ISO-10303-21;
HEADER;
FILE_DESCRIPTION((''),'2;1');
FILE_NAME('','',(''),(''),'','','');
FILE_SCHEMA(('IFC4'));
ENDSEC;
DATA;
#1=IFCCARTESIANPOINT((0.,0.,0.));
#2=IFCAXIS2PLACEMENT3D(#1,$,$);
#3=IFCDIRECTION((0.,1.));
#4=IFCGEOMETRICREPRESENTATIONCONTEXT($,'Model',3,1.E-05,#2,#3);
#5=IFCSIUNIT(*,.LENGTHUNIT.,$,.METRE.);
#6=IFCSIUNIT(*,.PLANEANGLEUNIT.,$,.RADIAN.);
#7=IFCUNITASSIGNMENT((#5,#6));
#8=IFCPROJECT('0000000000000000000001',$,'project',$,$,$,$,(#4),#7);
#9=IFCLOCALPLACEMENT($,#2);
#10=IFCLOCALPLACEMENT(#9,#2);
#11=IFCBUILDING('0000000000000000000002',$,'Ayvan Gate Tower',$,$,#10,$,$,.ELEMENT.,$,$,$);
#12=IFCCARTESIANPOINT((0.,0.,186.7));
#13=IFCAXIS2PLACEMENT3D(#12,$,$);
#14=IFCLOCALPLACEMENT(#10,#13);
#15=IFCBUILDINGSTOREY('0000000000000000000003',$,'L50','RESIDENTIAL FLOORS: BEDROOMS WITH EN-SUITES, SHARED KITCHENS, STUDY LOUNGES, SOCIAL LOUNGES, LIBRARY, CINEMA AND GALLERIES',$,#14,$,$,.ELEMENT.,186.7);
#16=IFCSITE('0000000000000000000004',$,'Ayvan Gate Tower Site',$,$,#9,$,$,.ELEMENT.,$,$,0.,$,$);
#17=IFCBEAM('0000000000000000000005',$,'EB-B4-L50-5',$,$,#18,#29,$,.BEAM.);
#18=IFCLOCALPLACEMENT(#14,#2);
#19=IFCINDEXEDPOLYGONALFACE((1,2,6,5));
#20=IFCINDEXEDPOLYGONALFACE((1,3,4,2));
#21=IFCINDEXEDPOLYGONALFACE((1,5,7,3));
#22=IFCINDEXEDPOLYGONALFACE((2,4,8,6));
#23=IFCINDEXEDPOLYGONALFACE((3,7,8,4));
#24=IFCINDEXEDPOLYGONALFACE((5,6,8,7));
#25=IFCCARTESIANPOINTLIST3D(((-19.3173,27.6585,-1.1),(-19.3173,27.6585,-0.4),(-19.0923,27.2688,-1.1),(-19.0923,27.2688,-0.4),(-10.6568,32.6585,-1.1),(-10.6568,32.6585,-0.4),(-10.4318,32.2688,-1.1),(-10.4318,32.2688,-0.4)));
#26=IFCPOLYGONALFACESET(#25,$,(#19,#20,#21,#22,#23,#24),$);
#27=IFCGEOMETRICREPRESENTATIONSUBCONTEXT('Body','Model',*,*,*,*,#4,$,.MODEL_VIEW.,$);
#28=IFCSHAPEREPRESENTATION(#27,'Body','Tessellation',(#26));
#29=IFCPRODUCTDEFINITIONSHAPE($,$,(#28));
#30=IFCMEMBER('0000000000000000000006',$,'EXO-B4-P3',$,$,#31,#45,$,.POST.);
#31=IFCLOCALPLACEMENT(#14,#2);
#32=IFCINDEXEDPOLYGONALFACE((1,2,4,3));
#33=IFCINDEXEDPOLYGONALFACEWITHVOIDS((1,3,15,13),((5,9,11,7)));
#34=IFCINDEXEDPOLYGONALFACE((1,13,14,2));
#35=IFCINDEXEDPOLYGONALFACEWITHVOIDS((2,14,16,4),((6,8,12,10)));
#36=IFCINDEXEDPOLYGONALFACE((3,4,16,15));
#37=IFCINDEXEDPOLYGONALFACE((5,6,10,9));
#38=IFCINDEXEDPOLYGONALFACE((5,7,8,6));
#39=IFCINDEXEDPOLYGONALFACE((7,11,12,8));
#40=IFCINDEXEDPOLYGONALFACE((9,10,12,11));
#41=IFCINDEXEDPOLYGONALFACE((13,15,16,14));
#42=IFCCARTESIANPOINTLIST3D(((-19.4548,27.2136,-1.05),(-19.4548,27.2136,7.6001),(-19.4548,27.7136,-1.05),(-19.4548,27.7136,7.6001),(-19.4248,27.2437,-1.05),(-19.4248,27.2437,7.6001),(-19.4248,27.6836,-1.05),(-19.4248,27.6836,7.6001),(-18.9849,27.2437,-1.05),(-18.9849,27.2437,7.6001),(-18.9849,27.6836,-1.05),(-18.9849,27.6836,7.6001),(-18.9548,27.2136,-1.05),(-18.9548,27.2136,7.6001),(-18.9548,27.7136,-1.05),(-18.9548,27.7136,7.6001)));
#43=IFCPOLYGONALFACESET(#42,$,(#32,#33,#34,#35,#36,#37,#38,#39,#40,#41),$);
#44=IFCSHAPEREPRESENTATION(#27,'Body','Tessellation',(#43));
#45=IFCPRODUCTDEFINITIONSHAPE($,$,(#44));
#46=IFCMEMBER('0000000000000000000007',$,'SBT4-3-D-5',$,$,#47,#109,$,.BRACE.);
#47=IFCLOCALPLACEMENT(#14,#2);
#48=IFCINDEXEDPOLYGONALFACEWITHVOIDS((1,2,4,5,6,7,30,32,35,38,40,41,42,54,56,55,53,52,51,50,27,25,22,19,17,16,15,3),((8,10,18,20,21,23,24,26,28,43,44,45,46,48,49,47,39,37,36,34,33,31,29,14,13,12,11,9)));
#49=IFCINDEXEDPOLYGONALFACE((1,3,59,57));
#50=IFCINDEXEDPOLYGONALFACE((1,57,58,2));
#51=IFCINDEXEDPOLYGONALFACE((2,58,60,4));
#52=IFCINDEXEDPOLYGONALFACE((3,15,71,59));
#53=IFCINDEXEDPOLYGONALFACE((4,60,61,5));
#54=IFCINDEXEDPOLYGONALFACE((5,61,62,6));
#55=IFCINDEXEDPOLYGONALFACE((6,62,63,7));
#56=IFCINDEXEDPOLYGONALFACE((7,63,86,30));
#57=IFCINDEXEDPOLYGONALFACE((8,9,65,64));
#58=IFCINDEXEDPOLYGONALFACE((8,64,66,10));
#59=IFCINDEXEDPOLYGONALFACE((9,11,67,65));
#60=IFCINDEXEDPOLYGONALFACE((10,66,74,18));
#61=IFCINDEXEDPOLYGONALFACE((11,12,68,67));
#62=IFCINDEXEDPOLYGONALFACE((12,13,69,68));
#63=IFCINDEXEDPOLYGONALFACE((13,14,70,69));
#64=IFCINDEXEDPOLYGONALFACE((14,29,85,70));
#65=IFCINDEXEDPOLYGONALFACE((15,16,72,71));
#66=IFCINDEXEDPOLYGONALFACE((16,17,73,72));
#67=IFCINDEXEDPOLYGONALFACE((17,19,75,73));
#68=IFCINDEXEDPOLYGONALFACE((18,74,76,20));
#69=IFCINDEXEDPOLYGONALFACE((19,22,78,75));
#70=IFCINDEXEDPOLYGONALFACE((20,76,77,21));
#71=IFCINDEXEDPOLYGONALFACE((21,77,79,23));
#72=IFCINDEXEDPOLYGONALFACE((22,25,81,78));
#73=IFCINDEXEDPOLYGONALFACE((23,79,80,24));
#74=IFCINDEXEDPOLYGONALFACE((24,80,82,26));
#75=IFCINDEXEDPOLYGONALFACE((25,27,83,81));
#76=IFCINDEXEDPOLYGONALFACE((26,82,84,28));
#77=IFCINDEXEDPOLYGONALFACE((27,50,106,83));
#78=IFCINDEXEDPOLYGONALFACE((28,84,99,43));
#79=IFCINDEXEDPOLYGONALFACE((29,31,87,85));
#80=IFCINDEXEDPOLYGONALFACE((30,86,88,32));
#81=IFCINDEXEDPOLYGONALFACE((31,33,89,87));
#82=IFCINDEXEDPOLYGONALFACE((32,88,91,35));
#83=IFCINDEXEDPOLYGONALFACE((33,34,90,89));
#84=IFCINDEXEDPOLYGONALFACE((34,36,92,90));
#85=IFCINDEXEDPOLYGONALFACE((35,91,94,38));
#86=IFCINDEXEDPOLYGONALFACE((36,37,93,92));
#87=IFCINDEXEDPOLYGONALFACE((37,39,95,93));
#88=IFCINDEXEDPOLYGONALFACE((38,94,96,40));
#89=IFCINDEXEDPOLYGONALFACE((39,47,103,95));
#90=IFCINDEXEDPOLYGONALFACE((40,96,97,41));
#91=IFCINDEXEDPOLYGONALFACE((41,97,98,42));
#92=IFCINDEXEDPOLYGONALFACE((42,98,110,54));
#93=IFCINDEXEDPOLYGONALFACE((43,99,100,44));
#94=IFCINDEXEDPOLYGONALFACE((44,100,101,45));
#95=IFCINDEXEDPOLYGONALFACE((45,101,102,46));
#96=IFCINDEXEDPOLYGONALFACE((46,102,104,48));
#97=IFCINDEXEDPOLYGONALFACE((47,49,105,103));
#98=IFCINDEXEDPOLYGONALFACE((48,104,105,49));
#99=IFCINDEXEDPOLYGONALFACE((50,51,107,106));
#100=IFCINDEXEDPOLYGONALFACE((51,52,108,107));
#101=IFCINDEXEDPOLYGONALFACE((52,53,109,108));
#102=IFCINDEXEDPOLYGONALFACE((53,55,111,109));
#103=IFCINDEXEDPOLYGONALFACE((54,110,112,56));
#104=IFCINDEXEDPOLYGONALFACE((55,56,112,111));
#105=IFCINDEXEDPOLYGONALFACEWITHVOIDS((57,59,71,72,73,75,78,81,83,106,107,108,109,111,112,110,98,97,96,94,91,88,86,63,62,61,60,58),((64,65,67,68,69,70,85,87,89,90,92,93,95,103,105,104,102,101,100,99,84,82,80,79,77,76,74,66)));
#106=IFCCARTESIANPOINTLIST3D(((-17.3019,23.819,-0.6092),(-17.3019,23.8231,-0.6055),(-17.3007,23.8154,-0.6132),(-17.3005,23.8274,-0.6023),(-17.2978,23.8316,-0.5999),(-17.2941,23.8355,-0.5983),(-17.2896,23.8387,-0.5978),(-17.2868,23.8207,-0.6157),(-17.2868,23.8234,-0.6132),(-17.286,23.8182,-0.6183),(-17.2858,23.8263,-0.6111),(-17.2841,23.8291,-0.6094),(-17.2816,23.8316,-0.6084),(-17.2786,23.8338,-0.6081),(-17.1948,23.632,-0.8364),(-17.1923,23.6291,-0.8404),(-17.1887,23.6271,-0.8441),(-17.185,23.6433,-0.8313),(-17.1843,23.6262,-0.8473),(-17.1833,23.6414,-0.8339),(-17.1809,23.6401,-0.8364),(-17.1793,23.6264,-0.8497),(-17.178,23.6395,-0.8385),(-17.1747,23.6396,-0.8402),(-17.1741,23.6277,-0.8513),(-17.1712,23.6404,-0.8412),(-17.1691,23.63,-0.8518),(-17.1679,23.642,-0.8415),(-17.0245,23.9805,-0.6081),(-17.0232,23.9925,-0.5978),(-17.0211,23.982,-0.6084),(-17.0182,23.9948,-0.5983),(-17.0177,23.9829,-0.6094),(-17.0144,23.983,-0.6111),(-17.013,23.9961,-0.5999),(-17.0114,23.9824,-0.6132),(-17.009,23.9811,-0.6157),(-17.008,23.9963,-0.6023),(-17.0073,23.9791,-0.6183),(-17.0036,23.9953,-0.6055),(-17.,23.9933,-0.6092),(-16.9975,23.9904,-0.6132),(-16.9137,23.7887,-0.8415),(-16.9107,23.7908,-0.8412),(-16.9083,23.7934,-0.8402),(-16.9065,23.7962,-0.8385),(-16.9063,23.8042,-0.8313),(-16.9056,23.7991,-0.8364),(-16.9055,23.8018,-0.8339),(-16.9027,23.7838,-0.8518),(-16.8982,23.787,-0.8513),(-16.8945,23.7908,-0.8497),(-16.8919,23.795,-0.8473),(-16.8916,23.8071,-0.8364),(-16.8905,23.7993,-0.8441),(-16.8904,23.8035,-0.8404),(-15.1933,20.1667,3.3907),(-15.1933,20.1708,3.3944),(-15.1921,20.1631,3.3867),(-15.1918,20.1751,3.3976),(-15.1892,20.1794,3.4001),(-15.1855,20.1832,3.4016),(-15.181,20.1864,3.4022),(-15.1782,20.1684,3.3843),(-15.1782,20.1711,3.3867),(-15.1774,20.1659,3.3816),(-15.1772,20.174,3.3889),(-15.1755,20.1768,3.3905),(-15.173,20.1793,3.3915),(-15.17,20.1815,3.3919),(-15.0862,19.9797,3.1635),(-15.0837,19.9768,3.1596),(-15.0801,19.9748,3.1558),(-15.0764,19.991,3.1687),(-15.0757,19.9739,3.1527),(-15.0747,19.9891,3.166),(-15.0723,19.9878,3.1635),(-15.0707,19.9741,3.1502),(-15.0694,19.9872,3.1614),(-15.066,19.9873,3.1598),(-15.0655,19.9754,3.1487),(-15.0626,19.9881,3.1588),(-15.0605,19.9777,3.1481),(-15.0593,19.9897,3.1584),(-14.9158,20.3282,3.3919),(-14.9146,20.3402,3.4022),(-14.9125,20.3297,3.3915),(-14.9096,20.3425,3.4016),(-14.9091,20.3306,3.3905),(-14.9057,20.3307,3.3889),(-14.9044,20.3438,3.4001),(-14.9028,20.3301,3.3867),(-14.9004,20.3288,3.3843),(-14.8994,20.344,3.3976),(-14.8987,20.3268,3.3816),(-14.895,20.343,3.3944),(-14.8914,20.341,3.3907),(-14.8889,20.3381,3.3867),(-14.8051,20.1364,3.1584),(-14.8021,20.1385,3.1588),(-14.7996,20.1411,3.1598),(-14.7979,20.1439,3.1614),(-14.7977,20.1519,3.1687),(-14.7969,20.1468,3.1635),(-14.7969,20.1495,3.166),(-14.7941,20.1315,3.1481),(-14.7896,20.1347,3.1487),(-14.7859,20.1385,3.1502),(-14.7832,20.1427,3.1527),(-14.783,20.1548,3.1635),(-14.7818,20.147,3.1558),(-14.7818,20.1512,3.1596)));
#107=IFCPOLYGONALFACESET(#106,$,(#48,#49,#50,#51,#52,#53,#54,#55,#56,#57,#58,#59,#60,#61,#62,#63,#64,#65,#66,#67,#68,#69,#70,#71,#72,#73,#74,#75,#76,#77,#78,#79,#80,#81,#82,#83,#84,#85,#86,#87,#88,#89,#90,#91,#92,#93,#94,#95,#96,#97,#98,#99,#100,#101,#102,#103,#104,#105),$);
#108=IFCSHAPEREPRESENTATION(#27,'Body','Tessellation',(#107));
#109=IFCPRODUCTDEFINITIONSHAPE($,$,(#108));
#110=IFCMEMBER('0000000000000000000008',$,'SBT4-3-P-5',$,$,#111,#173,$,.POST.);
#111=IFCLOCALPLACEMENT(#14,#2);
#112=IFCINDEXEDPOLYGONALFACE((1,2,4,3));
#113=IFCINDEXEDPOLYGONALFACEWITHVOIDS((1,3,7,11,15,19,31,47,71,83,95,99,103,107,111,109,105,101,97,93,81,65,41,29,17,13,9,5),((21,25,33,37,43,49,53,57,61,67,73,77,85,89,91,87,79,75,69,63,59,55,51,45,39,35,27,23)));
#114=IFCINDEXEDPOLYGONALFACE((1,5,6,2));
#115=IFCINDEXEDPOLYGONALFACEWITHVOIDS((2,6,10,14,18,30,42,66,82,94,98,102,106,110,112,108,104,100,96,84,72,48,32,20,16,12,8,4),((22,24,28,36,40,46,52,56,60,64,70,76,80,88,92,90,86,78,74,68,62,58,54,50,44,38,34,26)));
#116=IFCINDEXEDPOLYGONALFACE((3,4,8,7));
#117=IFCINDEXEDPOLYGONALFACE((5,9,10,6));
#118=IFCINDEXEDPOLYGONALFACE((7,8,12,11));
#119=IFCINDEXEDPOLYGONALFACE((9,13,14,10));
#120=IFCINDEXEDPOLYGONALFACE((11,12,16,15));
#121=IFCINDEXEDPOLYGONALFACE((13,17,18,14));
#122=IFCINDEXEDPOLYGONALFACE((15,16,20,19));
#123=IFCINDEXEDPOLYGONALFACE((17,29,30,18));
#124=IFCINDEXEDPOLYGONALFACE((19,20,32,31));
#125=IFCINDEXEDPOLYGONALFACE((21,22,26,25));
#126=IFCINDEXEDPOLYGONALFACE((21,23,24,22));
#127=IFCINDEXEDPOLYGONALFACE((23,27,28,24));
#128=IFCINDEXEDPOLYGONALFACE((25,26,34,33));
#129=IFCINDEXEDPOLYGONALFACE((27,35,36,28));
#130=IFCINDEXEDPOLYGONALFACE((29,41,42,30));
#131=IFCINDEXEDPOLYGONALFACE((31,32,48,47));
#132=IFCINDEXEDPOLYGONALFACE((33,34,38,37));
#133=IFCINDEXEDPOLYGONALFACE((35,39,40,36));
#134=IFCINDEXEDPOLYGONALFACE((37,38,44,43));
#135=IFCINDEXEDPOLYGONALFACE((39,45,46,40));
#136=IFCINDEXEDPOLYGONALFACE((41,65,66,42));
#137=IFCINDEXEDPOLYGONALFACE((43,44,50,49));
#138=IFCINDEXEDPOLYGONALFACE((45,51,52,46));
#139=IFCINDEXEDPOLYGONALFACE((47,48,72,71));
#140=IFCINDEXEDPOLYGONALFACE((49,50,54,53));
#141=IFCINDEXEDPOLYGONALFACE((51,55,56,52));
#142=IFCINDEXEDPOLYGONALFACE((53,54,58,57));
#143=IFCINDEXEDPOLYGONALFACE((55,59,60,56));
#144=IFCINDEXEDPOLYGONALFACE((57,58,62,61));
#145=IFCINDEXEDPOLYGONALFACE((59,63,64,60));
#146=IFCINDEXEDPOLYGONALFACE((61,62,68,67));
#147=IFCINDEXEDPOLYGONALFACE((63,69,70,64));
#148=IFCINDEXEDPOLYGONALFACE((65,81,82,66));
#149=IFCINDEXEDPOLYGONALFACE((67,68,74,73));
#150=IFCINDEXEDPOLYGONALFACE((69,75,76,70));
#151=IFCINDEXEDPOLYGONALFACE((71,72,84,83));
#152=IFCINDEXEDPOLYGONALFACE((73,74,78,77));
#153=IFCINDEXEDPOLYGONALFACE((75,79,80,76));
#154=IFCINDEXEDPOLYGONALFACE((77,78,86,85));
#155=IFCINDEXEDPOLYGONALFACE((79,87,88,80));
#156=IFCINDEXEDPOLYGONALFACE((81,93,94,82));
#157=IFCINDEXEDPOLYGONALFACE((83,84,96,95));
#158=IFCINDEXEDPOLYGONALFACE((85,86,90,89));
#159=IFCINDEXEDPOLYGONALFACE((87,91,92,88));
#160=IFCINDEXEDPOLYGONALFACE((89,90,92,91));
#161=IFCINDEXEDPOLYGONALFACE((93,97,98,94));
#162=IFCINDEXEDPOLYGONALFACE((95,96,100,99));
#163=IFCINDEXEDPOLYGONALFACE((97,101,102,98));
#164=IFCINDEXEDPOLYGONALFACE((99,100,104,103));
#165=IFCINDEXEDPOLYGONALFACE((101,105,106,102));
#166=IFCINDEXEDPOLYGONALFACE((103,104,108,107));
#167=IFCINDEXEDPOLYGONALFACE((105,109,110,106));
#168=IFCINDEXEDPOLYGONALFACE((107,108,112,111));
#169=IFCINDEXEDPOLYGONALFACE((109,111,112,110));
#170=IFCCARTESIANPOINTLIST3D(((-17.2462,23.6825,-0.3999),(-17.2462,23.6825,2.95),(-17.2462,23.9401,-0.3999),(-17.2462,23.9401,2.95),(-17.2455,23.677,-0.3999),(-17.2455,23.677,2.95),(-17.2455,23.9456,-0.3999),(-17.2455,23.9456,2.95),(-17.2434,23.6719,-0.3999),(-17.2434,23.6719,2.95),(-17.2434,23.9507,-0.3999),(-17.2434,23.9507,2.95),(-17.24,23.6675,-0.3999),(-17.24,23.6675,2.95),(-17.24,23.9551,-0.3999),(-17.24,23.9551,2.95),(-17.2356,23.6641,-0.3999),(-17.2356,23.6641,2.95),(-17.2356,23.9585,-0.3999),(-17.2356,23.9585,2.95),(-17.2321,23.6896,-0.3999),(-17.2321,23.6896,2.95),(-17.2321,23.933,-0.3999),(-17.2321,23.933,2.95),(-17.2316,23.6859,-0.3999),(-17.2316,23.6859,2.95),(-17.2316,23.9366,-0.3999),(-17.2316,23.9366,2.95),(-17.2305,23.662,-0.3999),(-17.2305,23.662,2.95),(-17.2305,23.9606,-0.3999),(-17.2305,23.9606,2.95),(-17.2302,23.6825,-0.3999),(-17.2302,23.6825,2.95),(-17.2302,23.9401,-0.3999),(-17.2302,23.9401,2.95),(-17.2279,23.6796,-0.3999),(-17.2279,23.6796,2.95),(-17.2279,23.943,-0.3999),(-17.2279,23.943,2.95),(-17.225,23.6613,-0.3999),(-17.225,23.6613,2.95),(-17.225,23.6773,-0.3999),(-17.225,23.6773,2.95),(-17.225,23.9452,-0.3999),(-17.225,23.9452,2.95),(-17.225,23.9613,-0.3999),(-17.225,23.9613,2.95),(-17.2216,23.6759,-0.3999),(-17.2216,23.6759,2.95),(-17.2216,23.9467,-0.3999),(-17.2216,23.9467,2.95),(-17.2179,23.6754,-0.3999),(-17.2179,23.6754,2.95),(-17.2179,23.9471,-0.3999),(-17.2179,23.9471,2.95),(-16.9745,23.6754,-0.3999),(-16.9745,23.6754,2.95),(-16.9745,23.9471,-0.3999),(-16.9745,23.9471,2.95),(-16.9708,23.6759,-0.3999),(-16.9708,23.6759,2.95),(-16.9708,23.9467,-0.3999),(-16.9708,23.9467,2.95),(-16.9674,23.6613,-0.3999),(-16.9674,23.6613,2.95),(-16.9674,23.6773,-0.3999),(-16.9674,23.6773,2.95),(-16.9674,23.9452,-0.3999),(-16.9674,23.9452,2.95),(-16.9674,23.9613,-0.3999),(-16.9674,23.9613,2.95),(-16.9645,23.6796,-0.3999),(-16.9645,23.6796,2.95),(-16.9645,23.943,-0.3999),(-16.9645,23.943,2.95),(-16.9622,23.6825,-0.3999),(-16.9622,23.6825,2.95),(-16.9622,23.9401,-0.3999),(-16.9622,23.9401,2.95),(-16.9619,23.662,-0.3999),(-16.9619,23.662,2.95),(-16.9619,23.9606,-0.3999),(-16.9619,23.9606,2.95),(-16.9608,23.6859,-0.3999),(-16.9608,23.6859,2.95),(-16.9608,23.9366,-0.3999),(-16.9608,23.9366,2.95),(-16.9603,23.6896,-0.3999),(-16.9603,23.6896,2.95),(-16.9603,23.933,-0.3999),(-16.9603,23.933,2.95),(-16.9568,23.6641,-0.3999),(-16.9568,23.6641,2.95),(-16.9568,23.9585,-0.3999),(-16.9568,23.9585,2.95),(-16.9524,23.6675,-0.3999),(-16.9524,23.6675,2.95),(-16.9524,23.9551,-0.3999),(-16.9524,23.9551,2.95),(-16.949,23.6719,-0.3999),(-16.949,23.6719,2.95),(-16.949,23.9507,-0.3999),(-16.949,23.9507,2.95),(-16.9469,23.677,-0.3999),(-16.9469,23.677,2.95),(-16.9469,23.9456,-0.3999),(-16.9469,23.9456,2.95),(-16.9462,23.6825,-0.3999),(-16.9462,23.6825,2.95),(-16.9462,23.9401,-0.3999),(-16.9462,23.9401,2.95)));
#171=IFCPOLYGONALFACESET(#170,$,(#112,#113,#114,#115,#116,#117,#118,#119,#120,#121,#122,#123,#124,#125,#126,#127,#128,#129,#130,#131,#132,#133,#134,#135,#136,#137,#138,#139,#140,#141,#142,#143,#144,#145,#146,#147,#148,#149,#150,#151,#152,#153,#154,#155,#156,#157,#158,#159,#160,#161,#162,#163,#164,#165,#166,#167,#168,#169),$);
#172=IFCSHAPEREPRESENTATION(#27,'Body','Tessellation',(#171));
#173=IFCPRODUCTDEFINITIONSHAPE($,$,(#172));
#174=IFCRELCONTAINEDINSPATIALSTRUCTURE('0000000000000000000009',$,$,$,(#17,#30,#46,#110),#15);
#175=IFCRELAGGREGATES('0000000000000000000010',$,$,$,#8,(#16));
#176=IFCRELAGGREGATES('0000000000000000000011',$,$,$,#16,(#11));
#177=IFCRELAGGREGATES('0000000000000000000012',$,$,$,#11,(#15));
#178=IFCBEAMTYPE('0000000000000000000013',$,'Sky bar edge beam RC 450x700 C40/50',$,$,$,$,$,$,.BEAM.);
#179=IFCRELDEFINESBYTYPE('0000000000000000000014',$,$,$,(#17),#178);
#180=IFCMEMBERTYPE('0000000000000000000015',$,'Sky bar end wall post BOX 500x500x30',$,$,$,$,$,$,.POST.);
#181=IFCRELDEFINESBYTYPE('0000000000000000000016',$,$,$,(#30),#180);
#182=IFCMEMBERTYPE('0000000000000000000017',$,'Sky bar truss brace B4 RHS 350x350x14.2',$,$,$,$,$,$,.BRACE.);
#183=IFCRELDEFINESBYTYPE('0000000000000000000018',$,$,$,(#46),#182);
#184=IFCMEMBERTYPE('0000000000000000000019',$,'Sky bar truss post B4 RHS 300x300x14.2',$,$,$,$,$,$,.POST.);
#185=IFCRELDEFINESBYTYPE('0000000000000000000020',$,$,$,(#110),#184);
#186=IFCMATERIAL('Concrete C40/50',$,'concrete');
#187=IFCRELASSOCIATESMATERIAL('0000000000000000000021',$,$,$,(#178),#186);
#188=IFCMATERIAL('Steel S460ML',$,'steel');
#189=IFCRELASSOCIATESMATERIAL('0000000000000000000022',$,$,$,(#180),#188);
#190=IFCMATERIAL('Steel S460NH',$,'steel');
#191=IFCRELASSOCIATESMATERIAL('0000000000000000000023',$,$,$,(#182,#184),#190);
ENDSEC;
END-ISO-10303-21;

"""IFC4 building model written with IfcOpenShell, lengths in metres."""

from ifc_helpers import new_model, si_unit, direction, frame, origin, origin_2d, place, context, subcontext, project, spatial, rectangle, hollow_rectangle, extrude, material, material_profile, profile_set, type_object, element, save


model = new_model("IFC4")

# Units and contexts
model_context = context("Model", 3, precision=1e-05, world=origin(), true_north=direction((0.0, 1.0)))
body_context = subcontext(model_context, "Body", "Model", "MODEL_VIEW")
ifc_project = project(units=[si_unit("LENGTHUNIT", "METRE"), si_unit("PLANEANGLEUNIT", "RADIAN")], contexts=[model_context])

# Site, building, storey
site_placement = place(None, origin())
site = spatial("IfcSite", under=ifc_project, at=site_placement, Name="Ayvan Gate Tower Site", CompositionType="ELEMENT", RefElevation=0.0)
building_placement = place(site_placement, origin())
building = spatial("IfcBuilding", under=site, at=building_placement, Name="Ayvan Gate Tower", CompositionType="ELEMENT")
storey_placement = place(building_placement, frame((0.0, 0.0, 186.7)))
storey = spatial("IfcBuildingStorey", under=building, at=storey_placement, Name="L50", Description="RESIDENTIAL FLOORS: BEDROOMS WITH EN-SUITES, SHARED KITCHENS, STUDY LOUNGES, SOCIAL LOUNGES, LIBRARY, CINEMA AND GALLERIES", CompositionType="ELEMENT", Elevation=186.7)

# Beam
ifc_material_1 = material(Name="Concrete C40/50", Category="concrete")
ifc_material_profile_1 = material_profile(ifc_material_1, rectangle(XDim=0.45, YDim=0.7, at=origin_2d()), Name="RC 450x700")
ifc_profile_set_1 = profile_set([ifc_material_profile_1], Name="Concrete C40/50")
beam_type = type_object("IfcBeamType", Name="Sky bar edge beam RC 450x700 C40/50", PredefinedType="BEAM", material=ifc_profile_set_1)
beam_placement = place(storey_placement, frame((-19.2048, 27.4636, -0.75), z_axis=(0.866029, 0.499994, 0.0), x_axis=(-0.499994, 0.866029, 0.0)))
element("IfcBeam", 1, at=beam_placement, inside=storey, type_object=beam_type, Name="EB-B4-L50-5", PredefinedType="BEAM", context=body_context, shape_type="SweptSolid", body=[
    extrude(rectangle(XDim=0.45, YDim=0.7, at=origin_2d()), origin(), (0.0, 0.0, 1.0), 10.0002),
])

# Members
ifc_material_2 = material(Name="Steel S460ML", Category="steel")
ifc_material_profile_2 = material_profile(ifc_material_2, hollow_rectangle(XDim=0.5, YDim=0.5, WallThickness=0.03, at=origin_2d()), Name="BOX 500x500x30")
ifc_profile_set_2 = profile_set([ifc_material_profile_2], Name="Steel S460ML")
member_type_1 = type_object("IfcMemberType", Name="Sky bar end wall post BOX 500x500x30", PredefinedType="POST", material=ifc_profile_set_2)
member_1_placement = place(storey_placement, frame((-19.2048, 27.4636, -1.05), z_axis=(0.0, 0.0, 1.0), x_axis=(1.0, 0.0, 0.0)))
element("IfcMember", 2, at=member_1_placement, inside=storey, type_object=member_type_1, Name="EXO-B4-P3", PredefinedType="POST", context=body_context, shape_type="SweptSolid", body=[
    extrude(hollow_rectangle(XDim=0.5, YDim=0.5, WallThickness=0.03, at=origin_2d()), origin(), (0.0, 0.0, 1.0), 8.6501),
])
ifc_material_3 = material(Name="Steel S460NH", Category="steel")
ifc_material_profile_3 = material_profile(ifc_material_3, hollow_rectangle(XDim=0.3501, YDim=0.3501, WallThickness=0.0142, InnerFilletRadius=0.0142, OuterFilletRadius=0.0212, at=origin_2d()), Name="RHS 350x350x14.2")
ifc_profile_set_3 = profile_set([ifc_material_profile_3], Name="Steel S460NH")
member_type_2 = type_object("IfcMemberType", Name="Sky bar truss brace B4 RHS 350x350x14.2", PredefinedType="BRACE", material=ifc_profile_set_3)
member_2_placement = place(storey_placement, frame((-14.9875, 20.1589, 3.2751), z_axis=(-0.362773, 0.628352, -0.688164), x_axis=(-0.866029, -0.499993, 0.0)))
element("IfcMember", 3, at=member_2_placement, inside=storey, type_object=member_type_2, Name="SBT4-3-D-5", PredefinedType="BRACE", context=body_context, shape_type="SweptSolid", body=[
    extrude(hollow_rectangle(XDim=0.3501, YDim=0.3501, WallThickness=0.0142, InnerFilletRadius=0.0142, OuterFilletRadius=0.0212, at=origin_2d()), origin(), (0.0, 0.0, 1.0), 5.8125),
])
ifc_material_profile_4 = material_profile(ifc_material_3, hollow_rectangle(XDim=0.3, YDim=0.3, WallThickness=0.0142, InnerFilletRadius=0.0142, OuterFilletRadius=0.0212, at=origin_2d()), Name="RHS 300x300x14.2")
ifc_profile_set_4 = profile_set([ifc_material_profile_4], Name="Steel S460NH")
member_type_3 = type_object("IfcMemberType", Name="Sky bar truss post B4 RHS 300x300x14.2", PredefinedType="POST", material=ifc_profile_set_4)
member_3_placement = place(storey_placement, frame((-17.0962, 23.8113, -0.3999), z_axis=(0.0, 0.0, 1.0), x_axis=(1.0, 0.0, 0.0)))
element("IfcMember", 4, at=member_3_placement, inside=storey, type_object=member_type_3, Name="SBT4-3-P-5", PredefinedType="POST", context=body_context, shape_type="SweptSolid", body=[
    extrude(hollow_rectangle(XDim=0.3, YDim=0.3, WallThickness=0.0142, InnerFilletRadius=0.0142, OuterFilletRadius=0.0212, at=origin_2d()), origin(), (0.0, 0.0, 1.0), 3.3499),
])

save(model, "model.ifc")
